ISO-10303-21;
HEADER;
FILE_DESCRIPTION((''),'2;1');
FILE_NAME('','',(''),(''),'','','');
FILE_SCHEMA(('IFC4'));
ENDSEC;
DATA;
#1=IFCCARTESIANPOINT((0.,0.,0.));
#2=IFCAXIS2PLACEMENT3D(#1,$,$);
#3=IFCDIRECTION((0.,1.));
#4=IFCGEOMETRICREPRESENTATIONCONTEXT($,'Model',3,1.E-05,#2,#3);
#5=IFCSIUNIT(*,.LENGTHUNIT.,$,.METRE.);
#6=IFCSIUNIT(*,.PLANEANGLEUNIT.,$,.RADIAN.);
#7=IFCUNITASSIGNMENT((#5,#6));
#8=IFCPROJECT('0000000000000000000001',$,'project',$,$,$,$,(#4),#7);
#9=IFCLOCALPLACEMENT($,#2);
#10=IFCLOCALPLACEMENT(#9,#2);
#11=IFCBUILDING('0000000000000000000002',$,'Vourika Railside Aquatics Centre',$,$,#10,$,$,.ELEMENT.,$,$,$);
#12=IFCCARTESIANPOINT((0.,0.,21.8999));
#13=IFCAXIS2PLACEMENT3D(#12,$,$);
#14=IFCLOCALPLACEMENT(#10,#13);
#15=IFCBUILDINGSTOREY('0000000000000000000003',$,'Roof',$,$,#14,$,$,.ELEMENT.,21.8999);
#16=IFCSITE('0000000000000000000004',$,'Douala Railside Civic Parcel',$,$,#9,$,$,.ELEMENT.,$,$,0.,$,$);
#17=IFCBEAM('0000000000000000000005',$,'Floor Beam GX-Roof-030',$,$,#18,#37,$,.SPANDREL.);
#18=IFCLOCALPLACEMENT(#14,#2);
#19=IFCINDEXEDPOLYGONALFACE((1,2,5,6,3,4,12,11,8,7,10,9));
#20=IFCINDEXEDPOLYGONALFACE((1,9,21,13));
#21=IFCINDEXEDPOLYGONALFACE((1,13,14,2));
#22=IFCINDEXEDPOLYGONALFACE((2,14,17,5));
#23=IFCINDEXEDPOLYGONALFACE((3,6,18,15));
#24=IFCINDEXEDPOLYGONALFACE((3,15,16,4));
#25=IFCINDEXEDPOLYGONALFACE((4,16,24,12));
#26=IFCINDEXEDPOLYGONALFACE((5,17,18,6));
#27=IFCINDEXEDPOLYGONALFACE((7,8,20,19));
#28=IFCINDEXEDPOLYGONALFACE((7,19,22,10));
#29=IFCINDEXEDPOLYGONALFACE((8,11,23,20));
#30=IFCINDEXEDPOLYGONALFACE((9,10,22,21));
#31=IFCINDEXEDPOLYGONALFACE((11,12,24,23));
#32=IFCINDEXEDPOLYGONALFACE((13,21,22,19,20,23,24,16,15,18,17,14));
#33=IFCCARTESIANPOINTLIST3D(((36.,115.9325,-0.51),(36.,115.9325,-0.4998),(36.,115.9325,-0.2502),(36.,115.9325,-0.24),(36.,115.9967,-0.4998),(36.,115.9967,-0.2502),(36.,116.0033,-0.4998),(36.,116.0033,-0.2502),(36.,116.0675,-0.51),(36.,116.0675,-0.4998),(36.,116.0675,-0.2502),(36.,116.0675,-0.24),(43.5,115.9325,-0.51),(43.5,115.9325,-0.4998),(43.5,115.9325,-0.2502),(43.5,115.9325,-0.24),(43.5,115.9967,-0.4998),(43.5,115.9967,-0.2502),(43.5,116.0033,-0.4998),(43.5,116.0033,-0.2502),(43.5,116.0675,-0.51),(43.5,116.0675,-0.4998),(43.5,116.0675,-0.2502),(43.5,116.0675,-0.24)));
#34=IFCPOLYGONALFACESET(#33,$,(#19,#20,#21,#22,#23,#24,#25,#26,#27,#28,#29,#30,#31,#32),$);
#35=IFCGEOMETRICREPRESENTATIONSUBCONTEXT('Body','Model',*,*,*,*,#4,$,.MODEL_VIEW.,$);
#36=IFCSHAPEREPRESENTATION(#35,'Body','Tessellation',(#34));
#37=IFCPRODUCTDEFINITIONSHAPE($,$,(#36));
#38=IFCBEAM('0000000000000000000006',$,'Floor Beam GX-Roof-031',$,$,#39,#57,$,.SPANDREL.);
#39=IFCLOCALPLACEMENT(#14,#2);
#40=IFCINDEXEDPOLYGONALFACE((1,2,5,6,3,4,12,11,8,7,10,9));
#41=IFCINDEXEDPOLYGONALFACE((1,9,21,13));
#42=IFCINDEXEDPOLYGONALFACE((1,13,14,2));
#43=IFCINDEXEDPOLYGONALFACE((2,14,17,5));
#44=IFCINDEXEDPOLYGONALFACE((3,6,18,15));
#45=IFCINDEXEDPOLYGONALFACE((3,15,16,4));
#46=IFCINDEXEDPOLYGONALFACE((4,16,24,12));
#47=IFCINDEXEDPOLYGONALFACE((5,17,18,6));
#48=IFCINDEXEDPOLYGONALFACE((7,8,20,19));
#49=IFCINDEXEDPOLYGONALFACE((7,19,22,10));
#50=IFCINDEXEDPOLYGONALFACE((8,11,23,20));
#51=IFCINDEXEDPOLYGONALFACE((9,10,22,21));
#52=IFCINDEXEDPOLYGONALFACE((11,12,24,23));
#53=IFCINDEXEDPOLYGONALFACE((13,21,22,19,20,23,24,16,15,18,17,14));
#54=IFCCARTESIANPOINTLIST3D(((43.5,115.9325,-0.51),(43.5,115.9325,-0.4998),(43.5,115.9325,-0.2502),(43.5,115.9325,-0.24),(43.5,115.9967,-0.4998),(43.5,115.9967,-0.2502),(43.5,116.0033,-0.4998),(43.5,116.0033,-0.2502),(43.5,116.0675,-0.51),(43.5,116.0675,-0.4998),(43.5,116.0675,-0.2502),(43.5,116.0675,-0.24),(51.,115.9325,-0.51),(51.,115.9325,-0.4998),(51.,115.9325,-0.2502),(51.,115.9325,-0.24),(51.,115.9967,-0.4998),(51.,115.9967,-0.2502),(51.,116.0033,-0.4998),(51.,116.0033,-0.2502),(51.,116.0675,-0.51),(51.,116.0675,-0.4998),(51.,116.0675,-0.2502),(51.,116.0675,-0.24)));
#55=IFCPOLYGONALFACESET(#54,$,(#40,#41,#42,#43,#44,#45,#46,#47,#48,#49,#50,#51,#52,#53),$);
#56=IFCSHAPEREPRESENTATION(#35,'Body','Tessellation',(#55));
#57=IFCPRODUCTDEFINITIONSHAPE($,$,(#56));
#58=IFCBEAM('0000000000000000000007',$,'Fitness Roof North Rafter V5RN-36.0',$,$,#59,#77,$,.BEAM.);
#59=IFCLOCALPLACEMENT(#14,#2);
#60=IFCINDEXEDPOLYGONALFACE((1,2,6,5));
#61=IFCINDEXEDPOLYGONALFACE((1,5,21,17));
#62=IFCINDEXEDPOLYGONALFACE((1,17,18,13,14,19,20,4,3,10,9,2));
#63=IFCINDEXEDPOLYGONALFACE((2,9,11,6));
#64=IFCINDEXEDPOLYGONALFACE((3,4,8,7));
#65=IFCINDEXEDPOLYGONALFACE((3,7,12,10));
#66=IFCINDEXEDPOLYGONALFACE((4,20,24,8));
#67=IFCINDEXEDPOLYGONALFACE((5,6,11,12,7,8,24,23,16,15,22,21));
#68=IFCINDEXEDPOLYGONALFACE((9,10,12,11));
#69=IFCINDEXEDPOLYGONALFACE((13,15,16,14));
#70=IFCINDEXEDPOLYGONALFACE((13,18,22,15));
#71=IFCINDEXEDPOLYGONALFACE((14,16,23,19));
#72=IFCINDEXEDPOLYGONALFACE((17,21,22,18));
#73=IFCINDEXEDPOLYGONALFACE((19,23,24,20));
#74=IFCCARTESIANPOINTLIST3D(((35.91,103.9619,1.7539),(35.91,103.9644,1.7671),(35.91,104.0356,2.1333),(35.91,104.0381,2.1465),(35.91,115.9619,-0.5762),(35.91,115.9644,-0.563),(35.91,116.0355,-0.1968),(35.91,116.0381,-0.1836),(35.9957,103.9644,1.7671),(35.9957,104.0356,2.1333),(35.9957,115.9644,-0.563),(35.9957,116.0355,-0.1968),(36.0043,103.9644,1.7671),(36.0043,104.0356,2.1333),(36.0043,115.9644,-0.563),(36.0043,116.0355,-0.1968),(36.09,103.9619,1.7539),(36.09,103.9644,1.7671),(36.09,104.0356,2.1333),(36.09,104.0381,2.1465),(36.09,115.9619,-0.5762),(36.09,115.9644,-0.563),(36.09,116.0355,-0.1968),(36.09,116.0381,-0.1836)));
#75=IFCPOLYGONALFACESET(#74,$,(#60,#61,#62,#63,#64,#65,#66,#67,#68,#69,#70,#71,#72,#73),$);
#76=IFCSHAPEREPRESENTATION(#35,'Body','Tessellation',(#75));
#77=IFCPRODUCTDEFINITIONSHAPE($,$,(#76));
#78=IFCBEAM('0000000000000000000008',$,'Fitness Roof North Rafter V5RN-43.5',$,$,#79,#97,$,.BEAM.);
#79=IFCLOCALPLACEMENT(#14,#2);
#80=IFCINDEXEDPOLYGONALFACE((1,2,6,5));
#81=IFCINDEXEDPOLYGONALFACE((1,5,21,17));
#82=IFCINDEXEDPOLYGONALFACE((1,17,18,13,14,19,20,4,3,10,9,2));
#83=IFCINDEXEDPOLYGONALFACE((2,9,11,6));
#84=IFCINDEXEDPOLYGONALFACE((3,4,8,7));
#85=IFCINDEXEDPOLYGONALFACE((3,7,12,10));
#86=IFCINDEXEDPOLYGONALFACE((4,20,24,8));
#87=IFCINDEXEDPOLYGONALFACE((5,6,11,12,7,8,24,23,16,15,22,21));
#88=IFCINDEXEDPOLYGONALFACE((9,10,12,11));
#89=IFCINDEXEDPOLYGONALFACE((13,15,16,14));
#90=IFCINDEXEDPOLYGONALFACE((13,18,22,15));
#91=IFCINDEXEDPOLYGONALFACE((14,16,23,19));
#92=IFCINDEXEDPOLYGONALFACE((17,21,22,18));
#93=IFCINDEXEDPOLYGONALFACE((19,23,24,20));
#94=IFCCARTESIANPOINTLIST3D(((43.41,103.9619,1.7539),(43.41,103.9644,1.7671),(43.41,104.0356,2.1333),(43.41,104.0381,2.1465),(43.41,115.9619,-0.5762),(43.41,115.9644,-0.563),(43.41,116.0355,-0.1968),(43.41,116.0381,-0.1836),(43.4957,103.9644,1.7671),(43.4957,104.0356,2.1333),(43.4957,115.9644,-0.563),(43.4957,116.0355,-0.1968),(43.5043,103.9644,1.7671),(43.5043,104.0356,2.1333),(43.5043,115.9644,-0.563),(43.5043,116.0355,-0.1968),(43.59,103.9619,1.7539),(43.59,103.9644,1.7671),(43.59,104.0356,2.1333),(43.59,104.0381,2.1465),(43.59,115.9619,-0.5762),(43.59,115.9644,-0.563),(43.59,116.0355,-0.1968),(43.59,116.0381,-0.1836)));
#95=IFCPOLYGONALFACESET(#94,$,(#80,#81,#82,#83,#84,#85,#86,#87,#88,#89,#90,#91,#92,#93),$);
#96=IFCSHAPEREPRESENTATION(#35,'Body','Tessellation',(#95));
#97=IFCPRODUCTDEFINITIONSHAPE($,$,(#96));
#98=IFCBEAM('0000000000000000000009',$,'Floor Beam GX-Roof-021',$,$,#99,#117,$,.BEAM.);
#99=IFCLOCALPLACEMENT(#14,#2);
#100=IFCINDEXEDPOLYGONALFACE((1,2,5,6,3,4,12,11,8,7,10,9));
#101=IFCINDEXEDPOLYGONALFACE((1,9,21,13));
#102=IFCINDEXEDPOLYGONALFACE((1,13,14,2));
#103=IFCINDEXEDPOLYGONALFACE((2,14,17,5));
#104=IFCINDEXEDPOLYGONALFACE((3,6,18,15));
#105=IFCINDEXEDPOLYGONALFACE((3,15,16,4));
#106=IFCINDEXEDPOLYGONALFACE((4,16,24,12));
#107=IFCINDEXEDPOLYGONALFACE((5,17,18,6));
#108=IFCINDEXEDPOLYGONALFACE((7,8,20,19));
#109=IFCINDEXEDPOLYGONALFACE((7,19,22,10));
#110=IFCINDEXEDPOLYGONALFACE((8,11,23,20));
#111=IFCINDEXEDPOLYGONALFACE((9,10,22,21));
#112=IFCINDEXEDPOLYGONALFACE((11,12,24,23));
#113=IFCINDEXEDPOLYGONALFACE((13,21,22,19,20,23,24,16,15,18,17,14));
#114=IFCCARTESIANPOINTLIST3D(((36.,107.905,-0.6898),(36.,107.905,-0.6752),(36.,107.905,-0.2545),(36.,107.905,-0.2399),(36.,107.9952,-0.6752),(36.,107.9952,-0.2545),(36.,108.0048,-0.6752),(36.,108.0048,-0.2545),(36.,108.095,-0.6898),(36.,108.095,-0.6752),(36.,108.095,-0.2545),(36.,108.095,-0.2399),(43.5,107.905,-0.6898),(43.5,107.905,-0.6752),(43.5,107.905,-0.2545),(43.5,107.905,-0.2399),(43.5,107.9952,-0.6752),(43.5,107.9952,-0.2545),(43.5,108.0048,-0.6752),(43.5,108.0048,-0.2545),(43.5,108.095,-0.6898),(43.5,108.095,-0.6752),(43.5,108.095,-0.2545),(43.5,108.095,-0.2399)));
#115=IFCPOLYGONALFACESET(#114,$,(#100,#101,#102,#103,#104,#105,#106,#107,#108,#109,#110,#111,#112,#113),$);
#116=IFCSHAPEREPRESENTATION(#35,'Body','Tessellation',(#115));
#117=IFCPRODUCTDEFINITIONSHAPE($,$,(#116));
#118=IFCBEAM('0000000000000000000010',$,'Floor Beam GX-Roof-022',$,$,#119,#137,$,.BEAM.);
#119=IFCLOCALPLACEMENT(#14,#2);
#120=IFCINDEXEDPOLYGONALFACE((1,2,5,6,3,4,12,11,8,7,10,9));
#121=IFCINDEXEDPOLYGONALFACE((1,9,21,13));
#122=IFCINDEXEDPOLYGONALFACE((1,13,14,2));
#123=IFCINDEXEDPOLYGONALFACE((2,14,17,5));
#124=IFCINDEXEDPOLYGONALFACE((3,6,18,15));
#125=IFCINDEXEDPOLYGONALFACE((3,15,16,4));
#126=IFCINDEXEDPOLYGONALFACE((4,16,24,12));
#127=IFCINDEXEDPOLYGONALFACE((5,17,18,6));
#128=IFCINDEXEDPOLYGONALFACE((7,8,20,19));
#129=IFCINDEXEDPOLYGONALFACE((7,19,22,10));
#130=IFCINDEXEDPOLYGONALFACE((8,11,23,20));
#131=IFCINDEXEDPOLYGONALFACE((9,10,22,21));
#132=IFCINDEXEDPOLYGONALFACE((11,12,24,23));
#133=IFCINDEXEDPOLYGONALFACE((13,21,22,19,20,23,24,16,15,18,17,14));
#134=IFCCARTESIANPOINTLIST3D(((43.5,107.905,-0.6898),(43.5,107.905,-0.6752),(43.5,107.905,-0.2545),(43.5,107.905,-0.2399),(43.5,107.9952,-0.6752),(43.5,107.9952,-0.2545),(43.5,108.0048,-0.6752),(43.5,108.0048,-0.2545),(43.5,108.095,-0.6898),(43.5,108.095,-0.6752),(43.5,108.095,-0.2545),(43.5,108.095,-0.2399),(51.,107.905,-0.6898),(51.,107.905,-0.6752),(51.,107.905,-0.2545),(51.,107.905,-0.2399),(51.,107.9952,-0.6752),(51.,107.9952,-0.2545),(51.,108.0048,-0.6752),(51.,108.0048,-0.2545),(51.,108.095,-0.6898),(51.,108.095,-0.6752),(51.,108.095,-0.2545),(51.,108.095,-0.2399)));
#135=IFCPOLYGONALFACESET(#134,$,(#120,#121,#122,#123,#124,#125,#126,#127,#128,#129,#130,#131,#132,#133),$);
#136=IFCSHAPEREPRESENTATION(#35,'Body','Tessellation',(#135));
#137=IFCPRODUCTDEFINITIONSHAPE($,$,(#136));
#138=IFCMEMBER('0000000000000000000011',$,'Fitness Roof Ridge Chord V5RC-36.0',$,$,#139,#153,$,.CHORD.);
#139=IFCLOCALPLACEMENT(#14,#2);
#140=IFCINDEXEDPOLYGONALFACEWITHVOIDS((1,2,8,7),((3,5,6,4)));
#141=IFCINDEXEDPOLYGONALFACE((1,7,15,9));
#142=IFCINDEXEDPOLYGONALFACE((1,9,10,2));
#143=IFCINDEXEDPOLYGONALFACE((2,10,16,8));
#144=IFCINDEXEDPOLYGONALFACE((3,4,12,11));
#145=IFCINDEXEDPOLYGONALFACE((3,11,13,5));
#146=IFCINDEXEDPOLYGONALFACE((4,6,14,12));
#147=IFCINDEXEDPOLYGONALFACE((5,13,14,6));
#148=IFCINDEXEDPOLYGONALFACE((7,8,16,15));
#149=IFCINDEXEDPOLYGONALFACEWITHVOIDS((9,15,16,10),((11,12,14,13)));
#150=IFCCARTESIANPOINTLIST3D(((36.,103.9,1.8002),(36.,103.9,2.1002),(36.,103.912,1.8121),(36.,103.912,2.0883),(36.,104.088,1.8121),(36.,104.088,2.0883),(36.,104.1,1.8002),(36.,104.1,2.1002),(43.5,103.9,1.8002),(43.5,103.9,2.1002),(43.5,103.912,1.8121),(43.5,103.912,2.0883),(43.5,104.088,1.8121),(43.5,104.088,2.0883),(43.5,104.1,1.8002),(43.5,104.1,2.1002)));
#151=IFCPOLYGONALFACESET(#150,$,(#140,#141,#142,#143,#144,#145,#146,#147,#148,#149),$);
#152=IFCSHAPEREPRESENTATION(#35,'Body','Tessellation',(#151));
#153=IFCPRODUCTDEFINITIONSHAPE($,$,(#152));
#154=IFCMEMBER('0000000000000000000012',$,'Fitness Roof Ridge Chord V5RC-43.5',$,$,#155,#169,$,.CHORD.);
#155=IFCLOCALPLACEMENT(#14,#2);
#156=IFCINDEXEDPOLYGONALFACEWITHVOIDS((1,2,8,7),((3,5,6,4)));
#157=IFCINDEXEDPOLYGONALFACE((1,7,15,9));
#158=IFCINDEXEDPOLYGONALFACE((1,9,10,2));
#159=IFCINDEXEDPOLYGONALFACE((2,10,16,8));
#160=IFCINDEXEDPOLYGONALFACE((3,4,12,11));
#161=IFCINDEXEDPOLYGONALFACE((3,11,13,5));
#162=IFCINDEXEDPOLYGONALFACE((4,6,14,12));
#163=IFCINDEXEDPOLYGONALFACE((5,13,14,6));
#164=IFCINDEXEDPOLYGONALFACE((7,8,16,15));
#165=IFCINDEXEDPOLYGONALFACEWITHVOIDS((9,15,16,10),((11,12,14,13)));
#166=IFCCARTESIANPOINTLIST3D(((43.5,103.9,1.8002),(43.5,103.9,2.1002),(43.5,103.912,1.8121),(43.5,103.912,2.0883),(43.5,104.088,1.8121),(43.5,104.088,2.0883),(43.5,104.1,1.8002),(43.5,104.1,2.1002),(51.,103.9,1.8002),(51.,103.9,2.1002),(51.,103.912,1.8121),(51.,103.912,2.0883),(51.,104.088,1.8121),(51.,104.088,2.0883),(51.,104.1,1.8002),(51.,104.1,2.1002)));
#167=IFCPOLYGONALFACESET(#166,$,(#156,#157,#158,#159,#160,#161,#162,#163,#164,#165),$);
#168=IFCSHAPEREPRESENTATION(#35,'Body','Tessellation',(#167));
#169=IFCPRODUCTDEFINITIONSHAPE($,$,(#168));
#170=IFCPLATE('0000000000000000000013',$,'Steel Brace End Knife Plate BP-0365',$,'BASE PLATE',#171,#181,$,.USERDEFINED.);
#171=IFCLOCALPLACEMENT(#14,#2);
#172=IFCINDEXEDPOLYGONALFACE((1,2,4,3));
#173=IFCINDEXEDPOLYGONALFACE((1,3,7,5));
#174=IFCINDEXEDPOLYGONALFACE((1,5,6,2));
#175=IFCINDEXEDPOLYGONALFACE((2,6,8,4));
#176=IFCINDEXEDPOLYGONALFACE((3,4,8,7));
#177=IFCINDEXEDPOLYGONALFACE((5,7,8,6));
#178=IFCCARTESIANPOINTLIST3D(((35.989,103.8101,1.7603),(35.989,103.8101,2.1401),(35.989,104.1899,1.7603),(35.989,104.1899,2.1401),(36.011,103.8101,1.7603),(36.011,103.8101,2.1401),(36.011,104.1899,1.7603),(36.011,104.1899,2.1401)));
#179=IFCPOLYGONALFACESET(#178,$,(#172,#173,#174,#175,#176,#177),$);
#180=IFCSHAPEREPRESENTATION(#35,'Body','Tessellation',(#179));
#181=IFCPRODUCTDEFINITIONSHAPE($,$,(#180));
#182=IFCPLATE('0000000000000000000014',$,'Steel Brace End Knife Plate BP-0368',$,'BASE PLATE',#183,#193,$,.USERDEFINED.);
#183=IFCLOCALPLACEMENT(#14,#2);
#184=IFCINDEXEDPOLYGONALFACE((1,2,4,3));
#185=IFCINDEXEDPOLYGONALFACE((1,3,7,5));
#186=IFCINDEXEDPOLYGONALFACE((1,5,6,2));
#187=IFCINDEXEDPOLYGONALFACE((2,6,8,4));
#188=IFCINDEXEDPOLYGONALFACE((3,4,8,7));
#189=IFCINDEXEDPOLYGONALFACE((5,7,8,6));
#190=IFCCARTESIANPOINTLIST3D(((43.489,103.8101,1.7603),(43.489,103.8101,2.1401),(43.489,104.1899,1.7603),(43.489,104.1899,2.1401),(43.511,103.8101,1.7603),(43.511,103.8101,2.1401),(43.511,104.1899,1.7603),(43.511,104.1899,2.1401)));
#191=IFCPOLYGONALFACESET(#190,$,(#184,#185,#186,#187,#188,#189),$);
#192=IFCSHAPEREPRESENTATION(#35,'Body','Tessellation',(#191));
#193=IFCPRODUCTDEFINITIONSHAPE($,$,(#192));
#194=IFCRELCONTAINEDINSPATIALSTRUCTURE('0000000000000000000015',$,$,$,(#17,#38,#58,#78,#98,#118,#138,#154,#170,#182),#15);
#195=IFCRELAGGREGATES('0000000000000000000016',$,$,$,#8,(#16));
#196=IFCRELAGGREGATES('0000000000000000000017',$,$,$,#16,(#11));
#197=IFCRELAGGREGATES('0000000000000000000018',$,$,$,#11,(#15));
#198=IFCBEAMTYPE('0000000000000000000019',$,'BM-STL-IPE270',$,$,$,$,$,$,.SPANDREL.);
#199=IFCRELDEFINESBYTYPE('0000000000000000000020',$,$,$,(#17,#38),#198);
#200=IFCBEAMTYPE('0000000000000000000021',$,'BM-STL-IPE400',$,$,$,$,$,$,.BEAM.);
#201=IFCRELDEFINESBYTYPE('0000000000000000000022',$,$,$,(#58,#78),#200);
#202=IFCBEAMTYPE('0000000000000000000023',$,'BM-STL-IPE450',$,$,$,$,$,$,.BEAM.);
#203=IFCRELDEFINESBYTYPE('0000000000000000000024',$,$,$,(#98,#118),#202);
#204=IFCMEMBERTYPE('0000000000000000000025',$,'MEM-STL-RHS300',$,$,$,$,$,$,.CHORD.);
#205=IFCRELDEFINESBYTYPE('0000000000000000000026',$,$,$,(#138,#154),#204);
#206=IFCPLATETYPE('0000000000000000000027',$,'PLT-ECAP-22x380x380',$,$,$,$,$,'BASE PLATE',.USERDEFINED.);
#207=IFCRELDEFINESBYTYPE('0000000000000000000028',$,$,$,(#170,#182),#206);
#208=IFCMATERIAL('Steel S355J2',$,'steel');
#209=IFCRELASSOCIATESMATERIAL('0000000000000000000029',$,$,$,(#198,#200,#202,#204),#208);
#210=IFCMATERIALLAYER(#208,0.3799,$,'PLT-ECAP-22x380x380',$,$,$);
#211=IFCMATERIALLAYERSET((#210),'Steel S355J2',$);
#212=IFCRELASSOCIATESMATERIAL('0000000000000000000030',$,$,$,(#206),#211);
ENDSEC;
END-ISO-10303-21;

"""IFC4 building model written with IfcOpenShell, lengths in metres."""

from ifc_helpers import new_model, si_unit, direction, frame, origin, origin_2d, place, context, subcontext, project, spatial, rectangle, hollow_rectangle, i_section, extrude, material, layer, layer_set, material_profile, profile_set, type_object, element, save


model = new_model("IFC4")

# Units and contexts
model_context = context("Model", 3, precision=1e-05, world=origin(), true_north=direction((0.0, 1.0)))
body_context = subcontext(model_context, "Body", "Model", "MODEL_VIEW")
ifc_project = project(units=[si_unit("LENGTHUNIT", "METRE"), si_unit("PLANEANGLEUNIT", "RADIAN")], contexts=[model_context])

# Site, building, storey
site_placement = place(None, origin())
site = spatial("IfcSite", under=ifc_project, at=site_placement, Name="Douala Railside Civic Parcel", CompositionType="ELEMENT", RefElevation=0.0)
building_placement = place(site_placement, origin())
building = spatial("IfcBuilding", under=site, at=building_placement, Name="Vourika Railside Aquatics Centre", CompositionType="ELEMENT")
storey_placement = place(building_placement, frame((0.0, 0.0, 21.8999)))
storey = spatial("IfcBuildingStorey", under=building, at=storey_placement, Name="Roof", CompositionType="ELEMENT", Elevation=21.8999)

# Beams
ifc_material_1 = material(Name="Steel S355J2", Category="steel")
ifc_material_profile_1 = material_profile(ifc_material_1, i_section(OverallWidth=0.135, OverallDepth=0.27, WebThickness=0.0066, FlangeThickness=0.0103, at=origin_2d()), Name="IPE 270")
ifc_profile_set_1 = profile_set([ifc_material_profile_1], Name="Steel S355J2")
beam_type_1 = type_object("IfcBeamType", Name="BM-STL-IPE270", PredefinedType="SPANDREL", material=ifc_profile_set_1)
for number, where, z_axis, x_axis, name in (
    (1, (36.0, 116.0, -0.375), (1.0, 0.0, 0.0), (0.0, 1.0, 0.0), "Floor Beam GX-Roof-030"),
    (2, (43.5, 116.0, -0.375), (1.0, 0.0, 0.0), (0.0, 1.0, 0.0), "Floor Beam GX-Roof-031"),
):
    element("IfcBeam", number, at=place(storey_placement, frame(where, z_axis=z_axis, x_axis=x_axis)), inside=storey, type_object=beam_type_1, Name=name, PredefinedType="SPANDREL", context=body_context, shape_type="SweptSolid", body=[
        extrude(i_section(OverallWidth=0.135, OverallDepth=0.27, WebThickness=0.0066, FlangeThickness=0.0103, at=origin_2d()), origin(), (0.0, 0.0, 1.0), 7.5),
    ])
ifc_material_profile_2 = material_profile(ifc_material_1, i_section(OverallWidth=0.1799, OverallDepth=0.3999, WebThickness=0.0085, FlangeThickness=0.0134, at=origin_2d()), Name="IPE 400")
ifc_profile_set_2 = profile_set([ifc_material_profile_2], Name="Steel S355J2")
beam_type_2 = type_object("IfcBeamType", Name="BM-STL-IPE400", PredefinedType="BEAM", material=ifc_profile_set_2)
for number, where, z_axis, x_axis, name in (
    (3, (36.0, 104.0, 1.9502), (0.0, 0.981665, -0.190613), (-1.0, 0.0, 0.0), "Fitness Roof North Rafter V5RN-36.0"),
    (4, (43.5, 104.0, 1.9502), (0.0, 0.981665, -0.190613), (-1.0, 0.0, 0.0), "Fitness Roof North Rafter V5RN-43.5"),
):
    element("IfcBeam", number, at=place(storey_placement, frame(where, z_axis=z_axis, x_axis=x_axis)), inside=storey, type_object=beam_type_2, Name=name, PredefinedType="BEAM", context=body_context, shape_type="SweptSolid", body=[
        extrude(i_section(OverallWidth=0.1799, OverallDepth=0.3999, WebThickness=0.0085, FlangeThickness=0.0134, at=origin_2d()), origin(), (0.0, 0.0, 1.0), 12.2241),
    ])
ifc_material_profile_3 = material_profile(ifc_material_1, i_section(OverallWidth=0.1899, OverallDepth=0.45, WebThickness=0.0095, FlangeThickness=0.0146, at=origin_2d()), Name="IPE 450")
ifc_profile_set_3 = profile_set([ifc_material_profile_3], Name="Steel S355J2")
beam_type_3 = type_object("IfcBeamType", Name="BM-STL-IPE450", PredefinedType="BEAM", material=ifc_profile_set_3)
for number, where, z_axis, x_axis, name in (
    (5, (36.0, 108.0, -0.4648), (1.0, 0.0, 0.0), (0.0, 1.0, 0.0), "Floor Beam GX-Roof-021"),
    (6, (43.5, 108.0, -0.4648), (1.0, 0.0, 0.0), (0.0, 1.0, 0.0), "Floor Beam GX-Roof-022"),
):
    element("IfcBeam", number, at=place(storey_placement, frame(where, z_axis=z_axis, x_axis=x_axis)), inside=storey, type_object=beam_type_3, Name=name, PredefinedType="BEAM", context=body_context, shape_type="SweptSolid", body=[
        extrude(i_section(OverallWidth=0.1899, OverallDepth=0.45, WebThickness=0.0095, FlangeThickness=0.0146, at=origin_2d()), origin(), (0.0, 0.0, 1.0), 7.5),
    ])

# Members
ifc_material_profile_4 = material_profile(ifc_material_1, hollow_rectangle(XDim=0.2, YDim=0.3, WallThickness=0.012, at=origin_2d()), Name="RHS 300x200x12")
ifc_profile_set_4 = profile_set([ifc_material_profile_4], Name="Steel S355J2")
member_type = type_object("IfcMemberType", Name="MEM-STL-RHS300", PredefinedType="CHORD", material=ifc_profile_set_4)
for number, where, z_axis, x_axis, name in (
    (7, (36.0, 104.0, 1.9502), (1.0, 0.0, 0.0), (0.0, 1.0, 0.0), "Fitness Roof Ridge Chord V5RC-36.0"),
    (8, (43.5, 104.0, 1.9502), (1.0, 0.0, 0.0), (0.0, 1.0, 0.0), "Fitness Roof Ridge Chord V5RC-43.5"),
):
    element("IfcMember", number, at=place(storey_placement, frame(where, z_axis=z_axis, x_axis=x_axis)), inside=storey, type_object=member_type, Name=name, PredefinedType="CHORD", context=body_context, shape_type="SweptSolid", body=[
        extrude(hollow_rectangle(XDim=0.2, YDim=0.3, WallThickness=0.012, at=origin_2d()), origin(), (0.0, 0.0, 1.0), 7.5),
    ])

# Plates
ifc_layer_1 = layer(ifc_material_1, 0.3799, Name="PLT-ECAP-22x380x380")
ifc_layer_set_1 = layer_set([ifc_layer_1], Name="Steel S355J2")
plate_type = type_object("IfcPlateType", Name="PLT-ECAP-22x380x380", ElementType="BASE PLATE", PredefinedType="USERDEFINED", material=ifc_layer_set_1)
for number, where, z_axis, x_axis, name in (
    (9, (36.0, 104.0, 1.7603), (0.0, 0.0, 1.0), (1.0, 0.0, 0.0), "Steel Brace End Knife Plate BP-0365"),
    (10, (43.5, 104.0, 1.7603), (0.0, 0.0, 1.0), (1.0, 0.0, 0.0), "Steel Brace End Knife Plate BP-0368"),
):
    element("IfcPlate", number, at=place(storey_placement, frame(where, z_axis=z_axis, x_axis=x_axis)), inside=storey, type_object=plate_type, Name=name, ObjectType="BASE PLATE", PredefinedType="USERDEFINED", context=body_context, shape_type="SweptSolid", body=[
        extrude(rectangle(XDim=0.022, YDim=0.3799, at=origin_2d()), origin(), (0.0, 0.0, 1.0), 0.3799),
    ])

save(model, "model.ifc")
